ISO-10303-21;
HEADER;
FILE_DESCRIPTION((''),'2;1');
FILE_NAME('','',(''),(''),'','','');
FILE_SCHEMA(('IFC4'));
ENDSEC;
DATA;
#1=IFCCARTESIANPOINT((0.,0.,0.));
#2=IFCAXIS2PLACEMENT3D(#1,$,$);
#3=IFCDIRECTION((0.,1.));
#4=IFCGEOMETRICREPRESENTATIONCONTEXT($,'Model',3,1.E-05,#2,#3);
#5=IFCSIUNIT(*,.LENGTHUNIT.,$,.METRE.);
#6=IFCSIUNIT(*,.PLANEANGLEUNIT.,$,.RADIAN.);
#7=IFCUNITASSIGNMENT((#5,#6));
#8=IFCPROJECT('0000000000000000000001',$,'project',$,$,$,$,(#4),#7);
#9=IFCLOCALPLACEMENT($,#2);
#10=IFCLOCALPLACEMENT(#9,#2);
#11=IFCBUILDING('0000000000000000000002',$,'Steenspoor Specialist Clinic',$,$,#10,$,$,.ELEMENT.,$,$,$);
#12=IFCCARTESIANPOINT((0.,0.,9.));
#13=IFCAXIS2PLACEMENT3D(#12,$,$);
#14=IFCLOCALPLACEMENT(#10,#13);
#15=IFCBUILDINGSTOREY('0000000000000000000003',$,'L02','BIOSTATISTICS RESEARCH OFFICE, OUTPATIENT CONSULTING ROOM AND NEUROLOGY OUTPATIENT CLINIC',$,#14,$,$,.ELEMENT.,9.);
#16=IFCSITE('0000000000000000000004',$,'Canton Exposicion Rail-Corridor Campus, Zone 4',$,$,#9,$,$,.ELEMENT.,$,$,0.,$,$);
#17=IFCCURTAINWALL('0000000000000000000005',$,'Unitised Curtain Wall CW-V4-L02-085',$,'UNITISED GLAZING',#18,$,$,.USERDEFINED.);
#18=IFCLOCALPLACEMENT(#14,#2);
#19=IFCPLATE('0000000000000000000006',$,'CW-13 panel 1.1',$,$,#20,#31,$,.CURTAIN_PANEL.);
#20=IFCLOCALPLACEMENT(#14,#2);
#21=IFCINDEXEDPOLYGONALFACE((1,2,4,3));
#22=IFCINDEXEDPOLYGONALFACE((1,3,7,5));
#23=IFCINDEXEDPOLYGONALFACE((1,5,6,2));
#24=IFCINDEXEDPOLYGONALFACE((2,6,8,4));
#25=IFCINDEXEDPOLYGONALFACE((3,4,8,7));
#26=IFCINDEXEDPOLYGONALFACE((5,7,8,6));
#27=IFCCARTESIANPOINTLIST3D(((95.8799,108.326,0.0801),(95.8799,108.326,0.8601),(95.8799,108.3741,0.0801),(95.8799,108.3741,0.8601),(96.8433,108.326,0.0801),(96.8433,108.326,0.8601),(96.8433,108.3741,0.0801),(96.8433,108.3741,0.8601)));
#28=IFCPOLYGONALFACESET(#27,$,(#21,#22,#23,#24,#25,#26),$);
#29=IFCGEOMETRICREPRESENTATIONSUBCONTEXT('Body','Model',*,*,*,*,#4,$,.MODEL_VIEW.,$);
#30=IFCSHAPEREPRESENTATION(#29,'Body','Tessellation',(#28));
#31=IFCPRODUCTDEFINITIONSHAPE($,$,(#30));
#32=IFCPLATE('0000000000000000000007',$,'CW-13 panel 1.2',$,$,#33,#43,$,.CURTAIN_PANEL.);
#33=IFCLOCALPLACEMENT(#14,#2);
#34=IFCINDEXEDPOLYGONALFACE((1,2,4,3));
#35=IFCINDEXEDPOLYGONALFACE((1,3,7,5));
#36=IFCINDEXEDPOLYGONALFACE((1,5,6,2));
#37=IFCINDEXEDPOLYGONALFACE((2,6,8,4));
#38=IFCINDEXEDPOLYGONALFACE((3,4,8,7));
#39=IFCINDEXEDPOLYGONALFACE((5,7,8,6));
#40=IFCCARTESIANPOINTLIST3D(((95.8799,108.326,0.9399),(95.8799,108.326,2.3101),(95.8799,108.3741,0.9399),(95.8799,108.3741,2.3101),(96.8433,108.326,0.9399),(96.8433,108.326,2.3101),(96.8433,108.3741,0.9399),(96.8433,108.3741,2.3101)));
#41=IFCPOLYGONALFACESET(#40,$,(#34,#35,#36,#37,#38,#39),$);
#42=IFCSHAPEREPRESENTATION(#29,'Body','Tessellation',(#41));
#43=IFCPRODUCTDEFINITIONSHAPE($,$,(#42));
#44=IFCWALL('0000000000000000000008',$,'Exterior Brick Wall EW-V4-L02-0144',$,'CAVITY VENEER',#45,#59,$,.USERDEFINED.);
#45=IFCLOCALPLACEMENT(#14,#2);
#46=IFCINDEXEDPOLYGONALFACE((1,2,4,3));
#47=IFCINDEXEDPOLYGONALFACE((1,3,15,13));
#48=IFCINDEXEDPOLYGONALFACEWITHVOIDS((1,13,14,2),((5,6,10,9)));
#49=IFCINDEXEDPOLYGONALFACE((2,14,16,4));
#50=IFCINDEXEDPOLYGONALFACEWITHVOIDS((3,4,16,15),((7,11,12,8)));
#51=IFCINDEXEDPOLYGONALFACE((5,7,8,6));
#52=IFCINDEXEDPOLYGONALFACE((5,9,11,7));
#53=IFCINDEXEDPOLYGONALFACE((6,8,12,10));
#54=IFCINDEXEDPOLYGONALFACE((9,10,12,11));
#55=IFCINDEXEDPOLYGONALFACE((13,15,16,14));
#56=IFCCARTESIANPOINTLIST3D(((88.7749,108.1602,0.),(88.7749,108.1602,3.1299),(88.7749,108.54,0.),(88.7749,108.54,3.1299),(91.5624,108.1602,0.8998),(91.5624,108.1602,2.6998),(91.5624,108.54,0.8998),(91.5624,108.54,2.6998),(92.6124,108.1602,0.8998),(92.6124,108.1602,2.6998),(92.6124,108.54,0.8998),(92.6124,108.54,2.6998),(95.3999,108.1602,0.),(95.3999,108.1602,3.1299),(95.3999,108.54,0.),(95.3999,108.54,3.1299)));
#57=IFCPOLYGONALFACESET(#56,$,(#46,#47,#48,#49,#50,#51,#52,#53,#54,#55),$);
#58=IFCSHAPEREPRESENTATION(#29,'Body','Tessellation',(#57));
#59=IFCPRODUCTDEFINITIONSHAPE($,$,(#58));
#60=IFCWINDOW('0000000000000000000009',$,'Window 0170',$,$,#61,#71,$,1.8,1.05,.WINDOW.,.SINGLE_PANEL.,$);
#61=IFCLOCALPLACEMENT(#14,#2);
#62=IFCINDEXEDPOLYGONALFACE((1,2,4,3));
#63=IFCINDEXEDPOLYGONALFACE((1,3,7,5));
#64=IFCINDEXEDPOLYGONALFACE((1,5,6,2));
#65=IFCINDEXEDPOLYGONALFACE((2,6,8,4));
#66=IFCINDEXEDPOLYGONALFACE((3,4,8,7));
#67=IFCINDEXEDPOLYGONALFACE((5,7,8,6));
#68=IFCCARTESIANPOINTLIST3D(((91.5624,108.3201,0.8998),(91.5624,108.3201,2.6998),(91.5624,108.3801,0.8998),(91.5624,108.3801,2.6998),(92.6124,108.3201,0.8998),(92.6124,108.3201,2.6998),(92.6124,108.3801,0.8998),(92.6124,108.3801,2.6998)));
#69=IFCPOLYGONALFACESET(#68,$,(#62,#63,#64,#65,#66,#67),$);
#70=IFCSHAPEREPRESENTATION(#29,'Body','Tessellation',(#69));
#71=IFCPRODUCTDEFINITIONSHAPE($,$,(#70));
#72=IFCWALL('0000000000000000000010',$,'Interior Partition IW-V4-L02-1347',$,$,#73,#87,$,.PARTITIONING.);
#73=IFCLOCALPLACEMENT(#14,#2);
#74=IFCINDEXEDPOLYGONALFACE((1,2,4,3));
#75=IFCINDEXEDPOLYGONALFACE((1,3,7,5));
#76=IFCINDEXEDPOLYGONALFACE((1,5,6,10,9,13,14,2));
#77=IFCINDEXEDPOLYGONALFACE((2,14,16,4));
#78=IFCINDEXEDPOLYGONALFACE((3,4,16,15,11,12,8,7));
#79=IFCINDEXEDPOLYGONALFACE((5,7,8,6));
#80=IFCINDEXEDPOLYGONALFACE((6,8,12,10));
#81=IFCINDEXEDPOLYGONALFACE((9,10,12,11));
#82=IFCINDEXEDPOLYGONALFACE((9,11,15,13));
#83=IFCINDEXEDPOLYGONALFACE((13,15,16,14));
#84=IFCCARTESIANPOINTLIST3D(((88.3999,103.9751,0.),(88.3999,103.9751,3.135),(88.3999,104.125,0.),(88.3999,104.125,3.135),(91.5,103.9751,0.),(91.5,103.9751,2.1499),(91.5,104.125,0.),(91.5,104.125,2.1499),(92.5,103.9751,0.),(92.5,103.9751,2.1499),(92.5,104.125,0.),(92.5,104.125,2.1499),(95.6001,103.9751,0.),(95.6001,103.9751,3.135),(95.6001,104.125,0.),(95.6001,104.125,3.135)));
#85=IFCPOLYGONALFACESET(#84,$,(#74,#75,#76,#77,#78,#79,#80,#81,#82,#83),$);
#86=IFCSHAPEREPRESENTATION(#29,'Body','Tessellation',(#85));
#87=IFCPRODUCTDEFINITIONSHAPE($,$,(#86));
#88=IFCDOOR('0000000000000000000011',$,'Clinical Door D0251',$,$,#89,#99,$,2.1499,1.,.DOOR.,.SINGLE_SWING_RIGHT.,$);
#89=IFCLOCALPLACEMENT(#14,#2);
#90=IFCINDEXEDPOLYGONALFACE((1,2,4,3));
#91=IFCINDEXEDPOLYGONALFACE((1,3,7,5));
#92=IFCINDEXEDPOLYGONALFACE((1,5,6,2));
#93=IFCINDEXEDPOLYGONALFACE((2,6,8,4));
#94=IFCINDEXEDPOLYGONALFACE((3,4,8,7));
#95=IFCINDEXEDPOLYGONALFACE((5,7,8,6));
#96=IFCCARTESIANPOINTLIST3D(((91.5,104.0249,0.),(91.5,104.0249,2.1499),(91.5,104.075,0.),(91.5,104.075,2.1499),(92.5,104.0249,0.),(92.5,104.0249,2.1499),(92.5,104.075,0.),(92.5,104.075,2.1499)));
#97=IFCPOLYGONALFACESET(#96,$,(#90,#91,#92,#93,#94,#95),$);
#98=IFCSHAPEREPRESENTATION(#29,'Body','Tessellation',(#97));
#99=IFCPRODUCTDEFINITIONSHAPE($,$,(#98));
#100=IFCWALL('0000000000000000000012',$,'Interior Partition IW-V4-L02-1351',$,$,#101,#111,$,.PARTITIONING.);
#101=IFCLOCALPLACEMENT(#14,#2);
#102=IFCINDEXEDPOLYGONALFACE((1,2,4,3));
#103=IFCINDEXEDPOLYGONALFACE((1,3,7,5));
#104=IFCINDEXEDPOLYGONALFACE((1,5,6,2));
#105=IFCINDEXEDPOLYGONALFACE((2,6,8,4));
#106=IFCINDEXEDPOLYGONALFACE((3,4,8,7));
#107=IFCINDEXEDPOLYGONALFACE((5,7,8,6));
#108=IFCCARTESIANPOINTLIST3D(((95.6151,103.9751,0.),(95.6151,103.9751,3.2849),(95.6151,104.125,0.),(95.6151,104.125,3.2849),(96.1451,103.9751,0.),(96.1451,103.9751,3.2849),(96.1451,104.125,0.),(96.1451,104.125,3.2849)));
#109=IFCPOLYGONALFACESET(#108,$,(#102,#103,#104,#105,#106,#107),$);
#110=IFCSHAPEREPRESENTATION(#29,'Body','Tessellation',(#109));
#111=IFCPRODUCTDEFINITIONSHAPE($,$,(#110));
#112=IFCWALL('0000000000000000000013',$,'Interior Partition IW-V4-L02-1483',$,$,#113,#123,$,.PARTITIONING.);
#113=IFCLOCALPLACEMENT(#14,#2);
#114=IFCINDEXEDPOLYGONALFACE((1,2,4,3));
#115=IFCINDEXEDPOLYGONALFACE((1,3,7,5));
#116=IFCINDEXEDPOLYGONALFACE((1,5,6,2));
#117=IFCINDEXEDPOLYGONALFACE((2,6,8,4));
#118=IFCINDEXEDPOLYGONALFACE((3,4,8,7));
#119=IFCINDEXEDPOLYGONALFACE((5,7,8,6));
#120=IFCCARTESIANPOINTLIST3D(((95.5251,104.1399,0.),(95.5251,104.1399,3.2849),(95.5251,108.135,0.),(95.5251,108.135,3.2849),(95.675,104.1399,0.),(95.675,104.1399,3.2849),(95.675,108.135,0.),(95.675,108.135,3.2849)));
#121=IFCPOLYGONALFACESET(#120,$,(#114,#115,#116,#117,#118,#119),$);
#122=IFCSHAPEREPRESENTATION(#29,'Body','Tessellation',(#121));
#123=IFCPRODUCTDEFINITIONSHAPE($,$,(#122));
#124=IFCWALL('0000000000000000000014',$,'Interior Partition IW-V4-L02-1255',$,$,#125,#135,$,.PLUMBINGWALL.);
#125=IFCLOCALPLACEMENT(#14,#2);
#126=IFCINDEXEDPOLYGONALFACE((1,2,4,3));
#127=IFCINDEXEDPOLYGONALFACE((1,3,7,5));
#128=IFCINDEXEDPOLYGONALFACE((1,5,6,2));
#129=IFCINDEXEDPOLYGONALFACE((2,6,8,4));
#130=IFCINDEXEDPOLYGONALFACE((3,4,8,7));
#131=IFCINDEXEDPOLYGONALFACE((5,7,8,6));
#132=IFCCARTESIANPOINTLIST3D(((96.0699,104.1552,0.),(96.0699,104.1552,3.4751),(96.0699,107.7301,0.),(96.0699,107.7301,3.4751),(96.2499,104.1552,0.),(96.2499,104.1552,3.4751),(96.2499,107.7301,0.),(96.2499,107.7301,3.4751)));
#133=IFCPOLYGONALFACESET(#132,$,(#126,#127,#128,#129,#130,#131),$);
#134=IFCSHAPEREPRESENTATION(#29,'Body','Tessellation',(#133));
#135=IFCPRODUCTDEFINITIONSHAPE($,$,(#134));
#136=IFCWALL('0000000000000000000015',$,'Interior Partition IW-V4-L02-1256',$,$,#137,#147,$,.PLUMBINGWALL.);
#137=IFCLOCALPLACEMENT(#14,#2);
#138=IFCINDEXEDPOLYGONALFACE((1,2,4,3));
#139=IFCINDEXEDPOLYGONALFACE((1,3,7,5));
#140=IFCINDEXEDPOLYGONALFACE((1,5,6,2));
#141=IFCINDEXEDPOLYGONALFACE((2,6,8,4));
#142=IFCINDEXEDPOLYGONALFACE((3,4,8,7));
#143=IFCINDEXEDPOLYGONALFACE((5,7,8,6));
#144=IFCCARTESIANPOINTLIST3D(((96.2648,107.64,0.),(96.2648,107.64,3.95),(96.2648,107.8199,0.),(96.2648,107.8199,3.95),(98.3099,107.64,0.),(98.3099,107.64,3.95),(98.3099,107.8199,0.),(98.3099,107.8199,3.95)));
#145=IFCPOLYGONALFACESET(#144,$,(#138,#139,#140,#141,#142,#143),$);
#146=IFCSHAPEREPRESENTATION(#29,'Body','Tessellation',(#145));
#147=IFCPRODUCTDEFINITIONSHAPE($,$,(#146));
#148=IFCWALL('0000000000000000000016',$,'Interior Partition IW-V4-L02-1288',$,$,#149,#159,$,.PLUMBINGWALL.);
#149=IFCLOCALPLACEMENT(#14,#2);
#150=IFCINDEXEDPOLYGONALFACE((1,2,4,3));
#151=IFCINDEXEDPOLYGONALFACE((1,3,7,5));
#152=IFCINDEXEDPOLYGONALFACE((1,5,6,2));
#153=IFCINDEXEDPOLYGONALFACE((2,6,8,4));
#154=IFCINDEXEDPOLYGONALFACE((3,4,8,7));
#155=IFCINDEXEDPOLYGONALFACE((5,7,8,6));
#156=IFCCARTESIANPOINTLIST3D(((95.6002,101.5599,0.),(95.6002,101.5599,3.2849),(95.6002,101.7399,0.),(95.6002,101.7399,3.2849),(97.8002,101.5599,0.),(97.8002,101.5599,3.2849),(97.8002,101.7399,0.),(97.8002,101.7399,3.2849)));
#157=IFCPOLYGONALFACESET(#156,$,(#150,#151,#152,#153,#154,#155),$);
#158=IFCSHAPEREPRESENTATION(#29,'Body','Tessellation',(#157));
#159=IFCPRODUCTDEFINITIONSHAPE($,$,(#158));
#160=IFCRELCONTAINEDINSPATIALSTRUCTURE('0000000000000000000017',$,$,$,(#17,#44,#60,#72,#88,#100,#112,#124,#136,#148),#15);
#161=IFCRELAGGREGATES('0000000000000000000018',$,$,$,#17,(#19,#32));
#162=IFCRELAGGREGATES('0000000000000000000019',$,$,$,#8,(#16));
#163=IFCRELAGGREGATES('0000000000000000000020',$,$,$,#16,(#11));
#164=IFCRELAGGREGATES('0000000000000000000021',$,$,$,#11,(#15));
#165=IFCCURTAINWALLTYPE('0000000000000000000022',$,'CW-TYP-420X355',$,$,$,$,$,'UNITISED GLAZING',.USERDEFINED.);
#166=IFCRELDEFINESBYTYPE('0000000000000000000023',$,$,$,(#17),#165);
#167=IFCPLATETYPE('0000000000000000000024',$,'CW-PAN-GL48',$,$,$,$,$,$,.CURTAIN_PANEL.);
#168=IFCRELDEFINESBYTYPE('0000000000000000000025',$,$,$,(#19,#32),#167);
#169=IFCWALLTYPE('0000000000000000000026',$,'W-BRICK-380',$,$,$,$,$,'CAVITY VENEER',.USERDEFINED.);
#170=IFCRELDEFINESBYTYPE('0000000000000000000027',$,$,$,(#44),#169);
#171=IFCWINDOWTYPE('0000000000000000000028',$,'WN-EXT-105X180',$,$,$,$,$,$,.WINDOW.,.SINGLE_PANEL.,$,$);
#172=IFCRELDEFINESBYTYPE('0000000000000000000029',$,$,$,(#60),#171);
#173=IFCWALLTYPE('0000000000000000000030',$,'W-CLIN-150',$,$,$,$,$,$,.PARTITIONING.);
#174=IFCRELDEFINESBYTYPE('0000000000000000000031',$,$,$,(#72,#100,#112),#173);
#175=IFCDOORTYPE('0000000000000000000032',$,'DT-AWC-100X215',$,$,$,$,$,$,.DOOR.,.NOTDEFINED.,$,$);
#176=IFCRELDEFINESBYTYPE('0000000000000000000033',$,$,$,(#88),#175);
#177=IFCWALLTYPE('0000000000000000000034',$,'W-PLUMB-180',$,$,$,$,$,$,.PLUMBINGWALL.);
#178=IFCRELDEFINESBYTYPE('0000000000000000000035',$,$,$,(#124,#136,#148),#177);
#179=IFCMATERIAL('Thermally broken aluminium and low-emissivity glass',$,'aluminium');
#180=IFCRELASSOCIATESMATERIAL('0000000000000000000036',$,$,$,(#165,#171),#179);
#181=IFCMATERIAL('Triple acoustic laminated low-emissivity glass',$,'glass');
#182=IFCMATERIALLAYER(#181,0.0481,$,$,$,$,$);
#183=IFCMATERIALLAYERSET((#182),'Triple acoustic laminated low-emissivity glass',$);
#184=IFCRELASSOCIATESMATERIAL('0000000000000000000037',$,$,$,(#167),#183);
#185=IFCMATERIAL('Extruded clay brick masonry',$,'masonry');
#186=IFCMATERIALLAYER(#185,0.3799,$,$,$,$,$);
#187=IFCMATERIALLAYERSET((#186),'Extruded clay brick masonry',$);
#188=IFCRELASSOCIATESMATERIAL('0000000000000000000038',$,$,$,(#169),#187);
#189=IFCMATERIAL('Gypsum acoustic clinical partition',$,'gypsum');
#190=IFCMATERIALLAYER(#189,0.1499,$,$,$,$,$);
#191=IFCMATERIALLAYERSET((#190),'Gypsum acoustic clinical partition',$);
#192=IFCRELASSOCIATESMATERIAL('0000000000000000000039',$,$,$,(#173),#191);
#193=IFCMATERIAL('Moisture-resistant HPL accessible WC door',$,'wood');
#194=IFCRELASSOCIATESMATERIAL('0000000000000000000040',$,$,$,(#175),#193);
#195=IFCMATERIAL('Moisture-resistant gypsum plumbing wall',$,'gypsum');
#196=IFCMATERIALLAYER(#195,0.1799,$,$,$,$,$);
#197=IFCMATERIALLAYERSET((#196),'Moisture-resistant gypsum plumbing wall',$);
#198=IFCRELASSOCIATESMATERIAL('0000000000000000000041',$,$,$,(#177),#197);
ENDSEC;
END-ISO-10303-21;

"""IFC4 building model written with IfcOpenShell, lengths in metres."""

from ifc_helpers import new_model, si_unit, direction, frame, frame_2d, origin, origin_2d, place, context, subcontext, project, spatial, rectangle, extrude, material, layer, layer_set, type_object, element, fill, aggregate, save


model = new_model("IFC4")

# Units and contexts
model_context = context("Model", 3, precision=1e-05, world=origin(), true_north=direction((0.0, 1.0)))
body_context = subcontext(model_context, "Body", "Model", "MODEL_VIEW")
ifc_project = project(units=[si_unit("LENGTHUNIT", "METRE"), si_unit("PLANEANGLEUNIT", "RADIAN")], contexts=[model_context])

# Site, building, storey
site_placement = place(None, origin())
site = spatial("IfcSite", under=ifc_project, at=site_placement, Name="Canton Exposicion Rail-Corridor Campus, Zone 4", CompositionType="ELEMENT", RefElevation=0.0)
building_placement = place(site_placement, origin())
building = spatial("IfcBuilding", under=site, at=building_placement, Name="Steenspoor Specialist Clinic", CompositionType="ELEMENT")
storey_placement = place(building_placement, frame((0.0, 0.0, 9.0)))
storey = spatial("IfcBuildingStorey", under=building, at=storey_placement, Name="L02", Description="BIOSTATISTICS RESEARCH OFFICE, OUTPATIENT CONSULTING ROOM AND NEUROLOGY OUTPATIENT CLINIC", CompositionType="ELEMENT", Elevation=9.0)

# Curtain wall
ifc_material_1 = material(Name="Thermally broken aluminium and low-emissivity glass", Category="aluminium")
curtain_wall_type = type_object("IfcCurtainWallType", Name="CW-TYP-420X355", ElementType="UNITISED GLAZING", PredefinedType="USERDEFINED", material=ifc_material_1)
curtain_wall_placement = place(storey_placement, origin())
curtain_wall = element("IfcCurtainWall", 1, at=curtain_wall_placement, inside=storey, type_object=curtain_wall_type, Name="Unitised Curtain Wall CW-V4-L02-085", ObjectType="UNITISED GLAZING", PredefinedType="USERDEFINED")

# Plates
ifc_material_2 = material(Name="Triple acoustic laminated low-emissivity glass", Category="glass")
ifc_layer_1 = layer(ifc_material_2, 0.0481)
ifc_layer_set_1 = layer_set([ifc_layer_1], Name="Triple acoustic laminated low-emissivity glass")
plate_type = type_object("IfcPlateType", Name="CW-PAN-GL48", PredefinedType="CURTAIN_PANEL", material=ifc_layer_set_1)
plate_1_placement = place(storey_placement, frame((96.3616, 108.3501, 0.0801), z_axis=(0.0, 0.0, 1.0), x_axis=(1.0, 0.0, 0.0)))
plate_1 = element("IfcPlate", 2, at=plate_1_placement, type_object=plate_type, Name="CW-13 panel 1.1", PredefinedType="CURTAIN_PANEL", context=body_context, shape_type="SweptSolid", body=[
    extrude(rectangle(XDim=0.9634, YDim=0.0481, at=origin_2d()), origin(), (0.0, 0.0, 1.0), 0.78),
])
plate_2_placement = place(storey_placement, frame((96.3616, 108.3501, 0.9399), z_axis=(0.0, 0.0, 1.0), x_axis=(1.0, 0.0, 0.0)))
plate_2 = element("IfcPlate", 3, at=plate_2_placement, type_object=plate_type, Name="CW-13 panel 1.2", PredefinedType="CURTAIN_PANEL", context=body_context, shape_type="SweptSolid", body=[
    extrude(rectangle(XDim=0.9634, YDim=0.0481, at=origin_2d()), origin(), (0.0, 0.0, 1.0), 1.3701),
])
aggregate(curtain_wall, [plate_1, plate_2])

# Wall, opening, window
ifc_material_3 = material(Name="Extruded clay brick masonry", Category="masonry")
ifc_layer_2 = layer(ifc_material_3, 0.3799)
ifc_layer_set_2 = layer_set([ifc_layer_2], Name="Extruded clay brick masonry")
wall_type_1 = type_object("IfcWallType", Name="W-BRICK-380", ElementType="CAVITY VENEER", PredefinedType="USERDEFINED", material=ifc_layer_set_2)
wall_1_placement = place(storey_placement, frame((88.7749, 108.3501, 0.0), z_axis=(0.0, 0.0, 1.0), x_axis=(1.0, 0.0, 0.0)))
wall_1 = element("IfcWall", 4, at=wall_1_placement, inside=storey, type_object=wall_type_1, Name="Exterior Brick Wall EW-V4-L02-0144", ObjectType="CAVITY VENEER", PredefinedType="USERDEFINED", context=body_context, shape_type="SweptSolid", body=[
    extrude(rectangle(XDim=6.625, YDim=0.3799, at=frame_2d((3.3125, 0.0))), origin(), (0.0, 0.0, 1.0), 3.1299),
])
opening_1_placement = place(wall_1_placement, frame((2.7876, 0.0, 0.8999)))
opening_1 = element("IfcOpeningElement", 5, at=opening_1_placement, cuts=wall_1, PredefinedType="OPENING", context=body_context, shape_type="SweptSolid", body=[
    extrude(rectangle(XDim=1.05, YDim=1.8, at=frame_2d((0.5249, 0.8999))), frame((0.0, 0.2, 0.0), z_axis=(0.0, -1.0, 0.0), x_axis=(1.0, 0.0, 0.0)), (0.0, 0.0, 1.0), 0.3999),
])
window_type = type_object("IfcWindowType", Name="WN-EXT-105X180", PartitioningType="SINGLE_PANEL", PredefinedType="WINDOW", material=ifc_material_1)
window_placement = place(opening_1_placement, origin())
window = element("IfcWindow", 6, at=window_placement, inside=storey, type_object=window_type, Name="Window 0170", OverallHeight=1.8, OverallWidth=1.05, PartitioningType="SINGLE_PANEL", PredefinedType="WINDOW", context=body_context, shape_type="SweptSolid", body=[
    extrude(rectangle(XDim=1.05, YDim=1.8, at=frame_2d((0.5249, 0.8999))), frame((0.0, 0.03, 0.0), z_axis=(0.0, -1.0, 0.0), x_axis=(1.0, 0.0, 0.0)), (0.0, 0.0, 1.0), 0.0601),
])
fill(opening_1, window)

# Wall, opening, door
ifc_material_4 = material(Name="Gypsum acoustic clinical partition", Category="gypsum")
ifc_layer_3 = layer(ifc_material_4, 0.1499)
ifc_layer_set_3 = layer_set([ifc_layer_3], Name="Gypsum acoustic clinical partition")
wall_type_2 = type_object("IfcWallType", Name="W-CLIN-150", PredefinedType="PARTITIONING", material=ifc_layer_set_3)
wall_2_placement = place(storey_placement, frame((88.3999, 104.05, 0.0), z_axis=(0.0, 0.0, 1.0), x_axis=(1.0, 0.0, 0.0)))
wall_2 = element("IfcWall", 7, at=wall_2_placement, inside=storey, type_object=wall_type_2, Name="Interior Partition IW-V4-L02-1347", PredefinedType="PARTITIONING", context=body_context, shape_type="SweptSolid", body=[
    extrude(rectangle(XDim=7.2002, YDim=0.1499, at=frame_2d((3.6001, 0.0))), origin(), (0.0, 0.0, 1.0), 3.135),
])
opening_2_placement = place(wall_2_placement, frame((3.1001, 0.0, 0.0)))
opening_2 = element("IfcOpeningElement", 8, at=opening_2_placement, cuts=wall_2, PredefinedType="OPENING", context=body_context, shape_type="SweptSolid", body=[
    extrude(rectangle(XDim=1.0, YDim=2.1499, at=frame_2d((0.5, 1.075))), frame((0.0, 0.085, 0.0), z_axis=(0.0, -1.0, 0.0), x_axis=(1.0, 0.0, 0.0)), (0.0, 0.0, 1.0), 0.1699),
])
ifc_material_5 = material(Name="Moisture-resistant HPL accessible WC door", Category="wood")
door_type_1 = type_object("IfcDoorType", Name="DT-AWC-100X215", OperationType="NOTDEFINED", PredefinedType="DOOR", material=ifc_material_5)
door_1_placement = place(opening_2_placement, origin())
door_1 = element("IfcDoor", 9, at=door_1_placement, inside=storey, type_object=door_type_1, Name="Clinical Door D0251", OperationType="SINGLE_SWING_RIGHT", OverallHeight=2.1499, OverallWidth=1.0, PredefinedType="DOOR", context=body_context, shape_type="SweptSolid", body=[
    extrude(rectangle(XDim=1.0, YDim=2.1499, at=frame_2d((0.5, 1.075))), frame((0.0, 0.0249, 0.0), z_axis=(0.0, -1.0, 0.0), x_axis=(1.0, 0.0, 0.0)), (0.0, 0.0, 1.0), 0.05),
])
fill(opening_2, door_1)

# Walls
wall_3_placement = place(storey_placement, frame((95.615, 104.05, 0.0), z_axis=(0.0, 0.0, 1.0), x_axis=(1.0, 0.0, 0.0)))
element("IfcWall", 10, at=wall_3_placement, inside=storey, type_object=wall_type_2, Name="Interior Partition IW-V4-L02-1351", PredefinedType="PARTITIONING", context=body_context, shape_type="SweptSolid", body=[
    extrude(rectangle(XDim=0.53, YDim=0.1499, at=frame_2d((0.2651, 0.0))), origin(), (0.0, 0.0, 1.0), 3.2849),
])
wall_4_placement = place(storey_placement, frame((95.6001, 104.1399, 0.0), z_axis=(0.0, 0.0, 1.0), x_axis=(0.0, 1.0, 0.0)))
element("IfcWall", 11, at=wall_4_placement, inside=storey, type_object=wall_type_2, Name="Interior Partition IW-V4-L02-1483", PredefinedType="PARTITIONING", context=body_context, shape_type="SweptSolid", body=[
    extrude(rectangle(XDim=3.9951, YDim=0.1499, at=frame_2d((1.9976, 0.0))), origin(), (0.0, 0.0, 1.0), 3.2849),
])

# Shared definitions
ifc_material_6 = material(Name="Moisture-resistant gypsum plumbing wall", Category="gypsum")
ifc_layer_4 = layer(ifc_material_6, 0.1799)
ifc_layer_set_4 = layer_set([ifc_layer_4], Name="Moisture-resistant gypsum plumbing wall")
wall_type_3 = type_object("IfcWallType", Name="W-PLUMB-180", PredefinedType="PLUMBINGWALL", material=ifc_layer_set_4)

# Walls
wall_5_placement = place(storey_placement, frame((96.1599, 104.155, 0.0), z_axis=(0.0, 0.0, 1.0), x_axis=(0.0, 1.0, 0.0)))
element("IfcWall", 12, at=wall_5_placement, inside=storey, type_object=wall_type_3, Name="Interior Partition IW-V4-L02-1255", PredefinedType="PLUMBINGWALL", context=body_context, shape_type="SweptSolid", body=[
    extrude(rectangle(XDim=3.575, YDim=0.1799, at=frame_2d((1.7876, 0.0))), origin(), (0.0, 0.0, 1.0), 3.4751),
])
wall_6_placement = place(storey_placement, frame((96.2649, 107.73, 0.0), z_axis=(0.0, 0.0, 1.0), x_axis=(1.0, 0.0, 0.0)))
element("IfcWall", 13, at=wall_6_placement, inside=storey, type_object=wall_type_3, Name="Interior Partition IW-V4-L02-1256", PredefinedType="PLUMBINGWALL", context=body_context, shape_type="SweptSolid", body=[
    extrude(rectangle(XDim=2.0452, YDim=0.1799, at=frame_2d((1.0225, 0.0))), origin(), (0.0, 0.0, 1.0), 3.95),
])
wall_7_placement = place(storey_placement, frame((95.6001, 101.6499, 0.0), z_axis=(0.0, 0.0, 1.0), x_axis=(1.0, 0.0, 0.0)))
element("IfcWall", 14, at=wall_7_placement, inside=storey, type_object=wall_type_3, Name="Interior Partition IW-V4-L02-1288", PredefinedType="PLUMBINGWALL", context=body_context, shape_type="SweptSolid", body=[
    extrude(rectangle(XDim=2.2, YDim=0.1799, at=frame_2d((1.1001, 0.0))), origin(), (0.0, 0.0, 1.0), 3.2849),
])

save(model, "model.ifc")
